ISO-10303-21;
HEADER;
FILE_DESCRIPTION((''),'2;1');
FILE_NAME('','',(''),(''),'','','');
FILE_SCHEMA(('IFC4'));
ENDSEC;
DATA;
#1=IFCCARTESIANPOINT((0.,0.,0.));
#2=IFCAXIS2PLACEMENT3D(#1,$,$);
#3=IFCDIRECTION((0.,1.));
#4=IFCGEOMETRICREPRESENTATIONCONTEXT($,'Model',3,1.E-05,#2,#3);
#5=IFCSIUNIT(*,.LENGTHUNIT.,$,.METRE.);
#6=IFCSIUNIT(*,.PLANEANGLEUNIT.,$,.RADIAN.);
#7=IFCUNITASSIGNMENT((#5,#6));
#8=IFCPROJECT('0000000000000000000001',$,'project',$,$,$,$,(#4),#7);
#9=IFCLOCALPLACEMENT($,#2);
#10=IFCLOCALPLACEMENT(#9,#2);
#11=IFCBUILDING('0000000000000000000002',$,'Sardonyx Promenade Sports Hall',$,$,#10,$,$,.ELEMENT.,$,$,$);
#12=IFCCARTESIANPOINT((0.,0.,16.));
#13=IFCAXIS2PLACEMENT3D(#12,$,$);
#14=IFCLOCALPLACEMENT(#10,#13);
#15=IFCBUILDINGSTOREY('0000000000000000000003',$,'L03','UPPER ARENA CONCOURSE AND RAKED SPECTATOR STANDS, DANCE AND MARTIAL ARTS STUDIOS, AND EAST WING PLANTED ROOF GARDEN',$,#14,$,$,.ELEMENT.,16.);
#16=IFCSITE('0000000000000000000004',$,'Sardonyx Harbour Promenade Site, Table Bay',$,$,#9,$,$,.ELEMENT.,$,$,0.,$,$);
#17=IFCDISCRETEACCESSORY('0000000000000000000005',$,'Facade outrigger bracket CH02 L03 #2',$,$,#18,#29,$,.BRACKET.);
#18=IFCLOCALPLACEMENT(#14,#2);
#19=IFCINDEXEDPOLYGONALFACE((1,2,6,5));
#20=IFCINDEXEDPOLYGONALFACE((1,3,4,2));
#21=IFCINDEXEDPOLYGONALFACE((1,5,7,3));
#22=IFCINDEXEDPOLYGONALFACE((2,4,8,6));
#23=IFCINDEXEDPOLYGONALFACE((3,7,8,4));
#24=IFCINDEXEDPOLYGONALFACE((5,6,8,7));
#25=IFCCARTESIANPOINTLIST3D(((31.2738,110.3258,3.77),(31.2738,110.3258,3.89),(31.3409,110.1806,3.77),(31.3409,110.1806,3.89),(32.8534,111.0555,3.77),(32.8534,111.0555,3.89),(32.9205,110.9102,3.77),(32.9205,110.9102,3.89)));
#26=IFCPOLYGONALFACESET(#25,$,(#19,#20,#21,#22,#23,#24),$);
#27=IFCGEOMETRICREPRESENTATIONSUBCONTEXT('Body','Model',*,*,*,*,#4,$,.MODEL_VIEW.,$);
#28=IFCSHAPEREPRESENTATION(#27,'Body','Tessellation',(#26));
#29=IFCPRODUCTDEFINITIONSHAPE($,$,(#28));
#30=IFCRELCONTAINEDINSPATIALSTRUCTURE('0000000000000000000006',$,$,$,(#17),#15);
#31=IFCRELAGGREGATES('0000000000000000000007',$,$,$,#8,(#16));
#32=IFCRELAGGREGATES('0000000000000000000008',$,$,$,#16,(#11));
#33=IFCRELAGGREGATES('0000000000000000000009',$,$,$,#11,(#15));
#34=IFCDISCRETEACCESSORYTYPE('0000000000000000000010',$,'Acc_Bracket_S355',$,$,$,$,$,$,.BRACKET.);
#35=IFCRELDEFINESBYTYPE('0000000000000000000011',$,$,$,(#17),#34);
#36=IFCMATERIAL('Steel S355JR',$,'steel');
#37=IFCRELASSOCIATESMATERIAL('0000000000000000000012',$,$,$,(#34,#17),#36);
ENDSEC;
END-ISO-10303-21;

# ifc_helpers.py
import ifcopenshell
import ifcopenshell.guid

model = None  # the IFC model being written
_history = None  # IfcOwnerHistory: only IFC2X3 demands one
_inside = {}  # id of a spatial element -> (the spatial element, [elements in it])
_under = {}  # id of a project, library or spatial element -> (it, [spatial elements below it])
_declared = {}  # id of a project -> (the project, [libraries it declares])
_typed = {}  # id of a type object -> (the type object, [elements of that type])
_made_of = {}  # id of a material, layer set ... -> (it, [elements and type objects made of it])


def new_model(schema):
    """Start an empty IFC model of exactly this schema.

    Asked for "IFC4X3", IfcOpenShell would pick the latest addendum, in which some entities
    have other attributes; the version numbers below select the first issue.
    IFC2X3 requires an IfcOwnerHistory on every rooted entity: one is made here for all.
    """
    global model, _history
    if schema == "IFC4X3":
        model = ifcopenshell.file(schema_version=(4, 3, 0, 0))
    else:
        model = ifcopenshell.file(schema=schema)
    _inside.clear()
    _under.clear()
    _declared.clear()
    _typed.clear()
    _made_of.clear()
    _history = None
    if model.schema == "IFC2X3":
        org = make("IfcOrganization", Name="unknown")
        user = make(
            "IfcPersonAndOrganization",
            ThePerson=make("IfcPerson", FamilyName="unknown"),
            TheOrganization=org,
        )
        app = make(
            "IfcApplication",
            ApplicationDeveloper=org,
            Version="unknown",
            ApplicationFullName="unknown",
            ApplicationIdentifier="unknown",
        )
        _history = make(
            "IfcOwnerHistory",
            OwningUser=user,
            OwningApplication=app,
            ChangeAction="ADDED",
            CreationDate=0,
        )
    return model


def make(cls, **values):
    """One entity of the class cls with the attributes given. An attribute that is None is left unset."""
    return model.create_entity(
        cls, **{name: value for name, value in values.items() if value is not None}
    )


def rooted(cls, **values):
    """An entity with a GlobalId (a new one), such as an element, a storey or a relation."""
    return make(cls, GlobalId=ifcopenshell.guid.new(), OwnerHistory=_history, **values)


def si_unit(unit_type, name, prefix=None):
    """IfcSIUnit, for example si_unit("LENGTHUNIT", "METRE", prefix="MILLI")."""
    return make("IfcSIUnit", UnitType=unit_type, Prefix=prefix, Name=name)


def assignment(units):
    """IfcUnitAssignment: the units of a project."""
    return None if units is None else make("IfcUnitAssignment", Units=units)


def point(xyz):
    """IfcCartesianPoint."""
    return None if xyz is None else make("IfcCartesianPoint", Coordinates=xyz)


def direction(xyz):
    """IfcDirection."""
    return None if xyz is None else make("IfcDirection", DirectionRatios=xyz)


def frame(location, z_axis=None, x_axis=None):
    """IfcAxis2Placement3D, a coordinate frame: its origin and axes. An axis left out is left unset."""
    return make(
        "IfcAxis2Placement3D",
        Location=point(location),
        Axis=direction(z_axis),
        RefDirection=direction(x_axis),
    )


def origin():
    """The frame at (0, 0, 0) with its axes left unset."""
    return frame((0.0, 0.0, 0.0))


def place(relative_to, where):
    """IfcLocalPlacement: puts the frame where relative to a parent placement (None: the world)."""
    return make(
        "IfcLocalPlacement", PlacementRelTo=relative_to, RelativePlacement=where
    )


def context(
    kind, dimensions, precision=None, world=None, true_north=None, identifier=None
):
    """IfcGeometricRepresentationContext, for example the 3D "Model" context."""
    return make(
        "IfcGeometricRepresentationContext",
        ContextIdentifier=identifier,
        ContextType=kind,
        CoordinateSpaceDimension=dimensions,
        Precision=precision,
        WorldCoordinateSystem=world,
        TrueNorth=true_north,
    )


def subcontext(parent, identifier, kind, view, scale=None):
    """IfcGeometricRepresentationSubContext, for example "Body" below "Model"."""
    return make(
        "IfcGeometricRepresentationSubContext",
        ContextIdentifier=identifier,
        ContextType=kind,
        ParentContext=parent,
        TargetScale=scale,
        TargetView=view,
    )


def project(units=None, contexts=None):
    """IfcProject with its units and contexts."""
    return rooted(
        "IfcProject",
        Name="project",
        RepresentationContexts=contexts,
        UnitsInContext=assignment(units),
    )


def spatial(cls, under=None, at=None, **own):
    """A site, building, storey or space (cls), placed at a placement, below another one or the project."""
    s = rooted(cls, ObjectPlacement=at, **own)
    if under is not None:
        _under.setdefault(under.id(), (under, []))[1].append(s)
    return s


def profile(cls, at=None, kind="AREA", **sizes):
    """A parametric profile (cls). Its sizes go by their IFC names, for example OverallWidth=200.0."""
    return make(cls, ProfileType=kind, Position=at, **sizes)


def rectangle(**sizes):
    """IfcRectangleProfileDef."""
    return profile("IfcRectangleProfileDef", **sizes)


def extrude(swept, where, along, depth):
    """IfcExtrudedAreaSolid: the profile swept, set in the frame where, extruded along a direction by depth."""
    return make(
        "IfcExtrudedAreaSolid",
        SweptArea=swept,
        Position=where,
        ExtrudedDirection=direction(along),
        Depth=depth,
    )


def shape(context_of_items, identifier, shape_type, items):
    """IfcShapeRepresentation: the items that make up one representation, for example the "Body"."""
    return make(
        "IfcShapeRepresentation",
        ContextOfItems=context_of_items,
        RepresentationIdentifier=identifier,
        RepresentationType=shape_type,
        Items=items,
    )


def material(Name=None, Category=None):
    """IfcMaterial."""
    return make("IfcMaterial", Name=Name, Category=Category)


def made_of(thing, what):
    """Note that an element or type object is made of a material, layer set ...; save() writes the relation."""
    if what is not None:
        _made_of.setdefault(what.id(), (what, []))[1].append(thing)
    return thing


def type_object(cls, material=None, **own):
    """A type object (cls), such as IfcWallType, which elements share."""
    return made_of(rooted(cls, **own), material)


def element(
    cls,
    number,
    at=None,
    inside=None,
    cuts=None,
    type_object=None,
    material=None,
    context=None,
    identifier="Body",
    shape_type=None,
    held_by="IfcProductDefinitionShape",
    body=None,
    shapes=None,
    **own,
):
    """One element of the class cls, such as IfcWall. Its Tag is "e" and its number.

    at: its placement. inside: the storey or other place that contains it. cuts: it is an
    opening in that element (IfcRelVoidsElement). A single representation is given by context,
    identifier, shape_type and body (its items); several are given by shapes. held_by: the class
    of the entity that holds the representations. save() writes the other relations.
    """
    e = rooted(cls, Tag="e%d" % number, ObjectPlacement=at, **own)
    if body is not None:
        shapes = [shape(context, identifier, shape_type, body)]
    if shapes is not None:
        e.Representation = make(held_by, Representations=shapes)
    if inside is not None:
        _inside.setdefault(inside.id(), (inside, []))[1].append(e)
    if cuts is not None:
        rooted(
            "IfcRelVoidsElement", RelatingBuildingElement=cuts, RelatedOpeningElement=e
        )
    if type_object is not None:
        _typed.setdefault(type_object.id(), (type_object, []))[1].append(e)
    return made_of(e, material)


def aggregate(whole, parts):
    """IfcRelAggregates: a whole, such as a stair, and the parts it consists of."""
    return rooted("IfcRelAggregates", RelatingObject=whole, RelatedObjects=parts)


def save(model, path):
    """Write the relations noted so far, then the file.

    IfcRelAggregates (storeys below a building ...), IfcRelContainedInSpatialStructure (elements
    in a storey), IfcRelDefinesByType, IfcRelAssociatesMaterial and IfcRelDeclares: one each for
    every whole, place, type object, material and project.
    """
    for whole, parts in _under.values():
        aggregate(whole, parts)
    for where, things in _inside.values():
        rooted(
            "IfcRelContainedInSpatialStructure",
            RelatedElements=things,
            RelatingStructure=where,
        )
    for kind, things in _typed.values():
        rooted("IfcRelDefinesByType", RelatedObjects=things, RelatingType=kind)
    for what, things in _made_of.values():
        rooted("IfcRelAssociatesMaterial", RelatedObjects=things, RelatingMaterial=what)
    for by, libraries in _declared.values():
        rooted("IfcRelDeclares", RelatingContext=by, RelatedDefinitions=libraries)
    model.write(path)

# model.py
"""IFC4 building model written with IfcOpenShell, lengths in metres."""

from ifc_helpers import new_model, si_unit, direction, frame, origin, place, context, subcontext, project, spatial, rectangle, extrude, material, type_object, element, save


model = new_model("IFC4")

# Units and contexts
model_context = context("Model", 3, precision=1e-05, world=origin(), true_north=direction((0.0, 1.0)))
body_context = subcontext(model_context, "Body", "Model", "MODEL_VIEW")
ifc_project = project(units=[si_unit("LENGTHUNIT", "METRE"), si_unit("PLANEANGLEUNIT", "RADIAN")], contexts=[model_context])

# Site, building, storey
site_placement = place(None, origin())
site = spatial("IfcSite", under=ifc_project, at=site_placement, Name="Sardonyx Harbour Promenade Site, Table Bay", CompositionType="ELEMENT", RefElevation=0.0)
building_placement = place(site_placement, origin())
building = spatial("IfcBuilding", under=site, at=building_placement, Name="Sardonyx Promenade Sports Hall", CompositionType="ELEMENT")
storey_placement = place(building_placement, frame((0.0, 0.0, 16.0)))
storey = spatial("IfcBuildingStorey", under=building, at=storey_placement, Name="L03", Description="UPPER ARENA CONCOURSE AND RAKED SPECTATOR STANDS, DANCE AND MARTIAL ARTS STUDIOS, AND EAST WING PLANTED ROOF GARDEN", CompositionType="ELEMENT", Elevation=16.0)

# Discrete accessory
ifc_material_1 = material(Name="Steel S355JR", Category="steel")
discrete_accessory_type = type_object("IfcDiscreteAccessoryType", Name="Acc_Bracket_S355", PredefinedType="BRACKET", material=ifc_material_1)
for number, where, z_axis, x_axis, name in (
    (1, (32.0971, 110.618, 3.77), (0.0, 0.0, 1.0), (0.907831, 0.419336, 0.0), "Facade outrigger bracket CH02 L03 #2"),
):
    element("IfcDiscreteAccessory", number, at=place(storey_placement, frame(where, z_axis=z_axis, x_axis=x_axis)), inside=storey, type_object=discrete_accessory_type, material=ifc_material_1, Name=name, PredefinedType="BRACKET", context=body_context, shape_type="SweptSolid", body=[
        extrude(rectangle(XDim=1.74, YDim=0.16), origin(), (0.0, 0.0, 1.0), 0.12),
    ])

save(model, "model.ifc")
